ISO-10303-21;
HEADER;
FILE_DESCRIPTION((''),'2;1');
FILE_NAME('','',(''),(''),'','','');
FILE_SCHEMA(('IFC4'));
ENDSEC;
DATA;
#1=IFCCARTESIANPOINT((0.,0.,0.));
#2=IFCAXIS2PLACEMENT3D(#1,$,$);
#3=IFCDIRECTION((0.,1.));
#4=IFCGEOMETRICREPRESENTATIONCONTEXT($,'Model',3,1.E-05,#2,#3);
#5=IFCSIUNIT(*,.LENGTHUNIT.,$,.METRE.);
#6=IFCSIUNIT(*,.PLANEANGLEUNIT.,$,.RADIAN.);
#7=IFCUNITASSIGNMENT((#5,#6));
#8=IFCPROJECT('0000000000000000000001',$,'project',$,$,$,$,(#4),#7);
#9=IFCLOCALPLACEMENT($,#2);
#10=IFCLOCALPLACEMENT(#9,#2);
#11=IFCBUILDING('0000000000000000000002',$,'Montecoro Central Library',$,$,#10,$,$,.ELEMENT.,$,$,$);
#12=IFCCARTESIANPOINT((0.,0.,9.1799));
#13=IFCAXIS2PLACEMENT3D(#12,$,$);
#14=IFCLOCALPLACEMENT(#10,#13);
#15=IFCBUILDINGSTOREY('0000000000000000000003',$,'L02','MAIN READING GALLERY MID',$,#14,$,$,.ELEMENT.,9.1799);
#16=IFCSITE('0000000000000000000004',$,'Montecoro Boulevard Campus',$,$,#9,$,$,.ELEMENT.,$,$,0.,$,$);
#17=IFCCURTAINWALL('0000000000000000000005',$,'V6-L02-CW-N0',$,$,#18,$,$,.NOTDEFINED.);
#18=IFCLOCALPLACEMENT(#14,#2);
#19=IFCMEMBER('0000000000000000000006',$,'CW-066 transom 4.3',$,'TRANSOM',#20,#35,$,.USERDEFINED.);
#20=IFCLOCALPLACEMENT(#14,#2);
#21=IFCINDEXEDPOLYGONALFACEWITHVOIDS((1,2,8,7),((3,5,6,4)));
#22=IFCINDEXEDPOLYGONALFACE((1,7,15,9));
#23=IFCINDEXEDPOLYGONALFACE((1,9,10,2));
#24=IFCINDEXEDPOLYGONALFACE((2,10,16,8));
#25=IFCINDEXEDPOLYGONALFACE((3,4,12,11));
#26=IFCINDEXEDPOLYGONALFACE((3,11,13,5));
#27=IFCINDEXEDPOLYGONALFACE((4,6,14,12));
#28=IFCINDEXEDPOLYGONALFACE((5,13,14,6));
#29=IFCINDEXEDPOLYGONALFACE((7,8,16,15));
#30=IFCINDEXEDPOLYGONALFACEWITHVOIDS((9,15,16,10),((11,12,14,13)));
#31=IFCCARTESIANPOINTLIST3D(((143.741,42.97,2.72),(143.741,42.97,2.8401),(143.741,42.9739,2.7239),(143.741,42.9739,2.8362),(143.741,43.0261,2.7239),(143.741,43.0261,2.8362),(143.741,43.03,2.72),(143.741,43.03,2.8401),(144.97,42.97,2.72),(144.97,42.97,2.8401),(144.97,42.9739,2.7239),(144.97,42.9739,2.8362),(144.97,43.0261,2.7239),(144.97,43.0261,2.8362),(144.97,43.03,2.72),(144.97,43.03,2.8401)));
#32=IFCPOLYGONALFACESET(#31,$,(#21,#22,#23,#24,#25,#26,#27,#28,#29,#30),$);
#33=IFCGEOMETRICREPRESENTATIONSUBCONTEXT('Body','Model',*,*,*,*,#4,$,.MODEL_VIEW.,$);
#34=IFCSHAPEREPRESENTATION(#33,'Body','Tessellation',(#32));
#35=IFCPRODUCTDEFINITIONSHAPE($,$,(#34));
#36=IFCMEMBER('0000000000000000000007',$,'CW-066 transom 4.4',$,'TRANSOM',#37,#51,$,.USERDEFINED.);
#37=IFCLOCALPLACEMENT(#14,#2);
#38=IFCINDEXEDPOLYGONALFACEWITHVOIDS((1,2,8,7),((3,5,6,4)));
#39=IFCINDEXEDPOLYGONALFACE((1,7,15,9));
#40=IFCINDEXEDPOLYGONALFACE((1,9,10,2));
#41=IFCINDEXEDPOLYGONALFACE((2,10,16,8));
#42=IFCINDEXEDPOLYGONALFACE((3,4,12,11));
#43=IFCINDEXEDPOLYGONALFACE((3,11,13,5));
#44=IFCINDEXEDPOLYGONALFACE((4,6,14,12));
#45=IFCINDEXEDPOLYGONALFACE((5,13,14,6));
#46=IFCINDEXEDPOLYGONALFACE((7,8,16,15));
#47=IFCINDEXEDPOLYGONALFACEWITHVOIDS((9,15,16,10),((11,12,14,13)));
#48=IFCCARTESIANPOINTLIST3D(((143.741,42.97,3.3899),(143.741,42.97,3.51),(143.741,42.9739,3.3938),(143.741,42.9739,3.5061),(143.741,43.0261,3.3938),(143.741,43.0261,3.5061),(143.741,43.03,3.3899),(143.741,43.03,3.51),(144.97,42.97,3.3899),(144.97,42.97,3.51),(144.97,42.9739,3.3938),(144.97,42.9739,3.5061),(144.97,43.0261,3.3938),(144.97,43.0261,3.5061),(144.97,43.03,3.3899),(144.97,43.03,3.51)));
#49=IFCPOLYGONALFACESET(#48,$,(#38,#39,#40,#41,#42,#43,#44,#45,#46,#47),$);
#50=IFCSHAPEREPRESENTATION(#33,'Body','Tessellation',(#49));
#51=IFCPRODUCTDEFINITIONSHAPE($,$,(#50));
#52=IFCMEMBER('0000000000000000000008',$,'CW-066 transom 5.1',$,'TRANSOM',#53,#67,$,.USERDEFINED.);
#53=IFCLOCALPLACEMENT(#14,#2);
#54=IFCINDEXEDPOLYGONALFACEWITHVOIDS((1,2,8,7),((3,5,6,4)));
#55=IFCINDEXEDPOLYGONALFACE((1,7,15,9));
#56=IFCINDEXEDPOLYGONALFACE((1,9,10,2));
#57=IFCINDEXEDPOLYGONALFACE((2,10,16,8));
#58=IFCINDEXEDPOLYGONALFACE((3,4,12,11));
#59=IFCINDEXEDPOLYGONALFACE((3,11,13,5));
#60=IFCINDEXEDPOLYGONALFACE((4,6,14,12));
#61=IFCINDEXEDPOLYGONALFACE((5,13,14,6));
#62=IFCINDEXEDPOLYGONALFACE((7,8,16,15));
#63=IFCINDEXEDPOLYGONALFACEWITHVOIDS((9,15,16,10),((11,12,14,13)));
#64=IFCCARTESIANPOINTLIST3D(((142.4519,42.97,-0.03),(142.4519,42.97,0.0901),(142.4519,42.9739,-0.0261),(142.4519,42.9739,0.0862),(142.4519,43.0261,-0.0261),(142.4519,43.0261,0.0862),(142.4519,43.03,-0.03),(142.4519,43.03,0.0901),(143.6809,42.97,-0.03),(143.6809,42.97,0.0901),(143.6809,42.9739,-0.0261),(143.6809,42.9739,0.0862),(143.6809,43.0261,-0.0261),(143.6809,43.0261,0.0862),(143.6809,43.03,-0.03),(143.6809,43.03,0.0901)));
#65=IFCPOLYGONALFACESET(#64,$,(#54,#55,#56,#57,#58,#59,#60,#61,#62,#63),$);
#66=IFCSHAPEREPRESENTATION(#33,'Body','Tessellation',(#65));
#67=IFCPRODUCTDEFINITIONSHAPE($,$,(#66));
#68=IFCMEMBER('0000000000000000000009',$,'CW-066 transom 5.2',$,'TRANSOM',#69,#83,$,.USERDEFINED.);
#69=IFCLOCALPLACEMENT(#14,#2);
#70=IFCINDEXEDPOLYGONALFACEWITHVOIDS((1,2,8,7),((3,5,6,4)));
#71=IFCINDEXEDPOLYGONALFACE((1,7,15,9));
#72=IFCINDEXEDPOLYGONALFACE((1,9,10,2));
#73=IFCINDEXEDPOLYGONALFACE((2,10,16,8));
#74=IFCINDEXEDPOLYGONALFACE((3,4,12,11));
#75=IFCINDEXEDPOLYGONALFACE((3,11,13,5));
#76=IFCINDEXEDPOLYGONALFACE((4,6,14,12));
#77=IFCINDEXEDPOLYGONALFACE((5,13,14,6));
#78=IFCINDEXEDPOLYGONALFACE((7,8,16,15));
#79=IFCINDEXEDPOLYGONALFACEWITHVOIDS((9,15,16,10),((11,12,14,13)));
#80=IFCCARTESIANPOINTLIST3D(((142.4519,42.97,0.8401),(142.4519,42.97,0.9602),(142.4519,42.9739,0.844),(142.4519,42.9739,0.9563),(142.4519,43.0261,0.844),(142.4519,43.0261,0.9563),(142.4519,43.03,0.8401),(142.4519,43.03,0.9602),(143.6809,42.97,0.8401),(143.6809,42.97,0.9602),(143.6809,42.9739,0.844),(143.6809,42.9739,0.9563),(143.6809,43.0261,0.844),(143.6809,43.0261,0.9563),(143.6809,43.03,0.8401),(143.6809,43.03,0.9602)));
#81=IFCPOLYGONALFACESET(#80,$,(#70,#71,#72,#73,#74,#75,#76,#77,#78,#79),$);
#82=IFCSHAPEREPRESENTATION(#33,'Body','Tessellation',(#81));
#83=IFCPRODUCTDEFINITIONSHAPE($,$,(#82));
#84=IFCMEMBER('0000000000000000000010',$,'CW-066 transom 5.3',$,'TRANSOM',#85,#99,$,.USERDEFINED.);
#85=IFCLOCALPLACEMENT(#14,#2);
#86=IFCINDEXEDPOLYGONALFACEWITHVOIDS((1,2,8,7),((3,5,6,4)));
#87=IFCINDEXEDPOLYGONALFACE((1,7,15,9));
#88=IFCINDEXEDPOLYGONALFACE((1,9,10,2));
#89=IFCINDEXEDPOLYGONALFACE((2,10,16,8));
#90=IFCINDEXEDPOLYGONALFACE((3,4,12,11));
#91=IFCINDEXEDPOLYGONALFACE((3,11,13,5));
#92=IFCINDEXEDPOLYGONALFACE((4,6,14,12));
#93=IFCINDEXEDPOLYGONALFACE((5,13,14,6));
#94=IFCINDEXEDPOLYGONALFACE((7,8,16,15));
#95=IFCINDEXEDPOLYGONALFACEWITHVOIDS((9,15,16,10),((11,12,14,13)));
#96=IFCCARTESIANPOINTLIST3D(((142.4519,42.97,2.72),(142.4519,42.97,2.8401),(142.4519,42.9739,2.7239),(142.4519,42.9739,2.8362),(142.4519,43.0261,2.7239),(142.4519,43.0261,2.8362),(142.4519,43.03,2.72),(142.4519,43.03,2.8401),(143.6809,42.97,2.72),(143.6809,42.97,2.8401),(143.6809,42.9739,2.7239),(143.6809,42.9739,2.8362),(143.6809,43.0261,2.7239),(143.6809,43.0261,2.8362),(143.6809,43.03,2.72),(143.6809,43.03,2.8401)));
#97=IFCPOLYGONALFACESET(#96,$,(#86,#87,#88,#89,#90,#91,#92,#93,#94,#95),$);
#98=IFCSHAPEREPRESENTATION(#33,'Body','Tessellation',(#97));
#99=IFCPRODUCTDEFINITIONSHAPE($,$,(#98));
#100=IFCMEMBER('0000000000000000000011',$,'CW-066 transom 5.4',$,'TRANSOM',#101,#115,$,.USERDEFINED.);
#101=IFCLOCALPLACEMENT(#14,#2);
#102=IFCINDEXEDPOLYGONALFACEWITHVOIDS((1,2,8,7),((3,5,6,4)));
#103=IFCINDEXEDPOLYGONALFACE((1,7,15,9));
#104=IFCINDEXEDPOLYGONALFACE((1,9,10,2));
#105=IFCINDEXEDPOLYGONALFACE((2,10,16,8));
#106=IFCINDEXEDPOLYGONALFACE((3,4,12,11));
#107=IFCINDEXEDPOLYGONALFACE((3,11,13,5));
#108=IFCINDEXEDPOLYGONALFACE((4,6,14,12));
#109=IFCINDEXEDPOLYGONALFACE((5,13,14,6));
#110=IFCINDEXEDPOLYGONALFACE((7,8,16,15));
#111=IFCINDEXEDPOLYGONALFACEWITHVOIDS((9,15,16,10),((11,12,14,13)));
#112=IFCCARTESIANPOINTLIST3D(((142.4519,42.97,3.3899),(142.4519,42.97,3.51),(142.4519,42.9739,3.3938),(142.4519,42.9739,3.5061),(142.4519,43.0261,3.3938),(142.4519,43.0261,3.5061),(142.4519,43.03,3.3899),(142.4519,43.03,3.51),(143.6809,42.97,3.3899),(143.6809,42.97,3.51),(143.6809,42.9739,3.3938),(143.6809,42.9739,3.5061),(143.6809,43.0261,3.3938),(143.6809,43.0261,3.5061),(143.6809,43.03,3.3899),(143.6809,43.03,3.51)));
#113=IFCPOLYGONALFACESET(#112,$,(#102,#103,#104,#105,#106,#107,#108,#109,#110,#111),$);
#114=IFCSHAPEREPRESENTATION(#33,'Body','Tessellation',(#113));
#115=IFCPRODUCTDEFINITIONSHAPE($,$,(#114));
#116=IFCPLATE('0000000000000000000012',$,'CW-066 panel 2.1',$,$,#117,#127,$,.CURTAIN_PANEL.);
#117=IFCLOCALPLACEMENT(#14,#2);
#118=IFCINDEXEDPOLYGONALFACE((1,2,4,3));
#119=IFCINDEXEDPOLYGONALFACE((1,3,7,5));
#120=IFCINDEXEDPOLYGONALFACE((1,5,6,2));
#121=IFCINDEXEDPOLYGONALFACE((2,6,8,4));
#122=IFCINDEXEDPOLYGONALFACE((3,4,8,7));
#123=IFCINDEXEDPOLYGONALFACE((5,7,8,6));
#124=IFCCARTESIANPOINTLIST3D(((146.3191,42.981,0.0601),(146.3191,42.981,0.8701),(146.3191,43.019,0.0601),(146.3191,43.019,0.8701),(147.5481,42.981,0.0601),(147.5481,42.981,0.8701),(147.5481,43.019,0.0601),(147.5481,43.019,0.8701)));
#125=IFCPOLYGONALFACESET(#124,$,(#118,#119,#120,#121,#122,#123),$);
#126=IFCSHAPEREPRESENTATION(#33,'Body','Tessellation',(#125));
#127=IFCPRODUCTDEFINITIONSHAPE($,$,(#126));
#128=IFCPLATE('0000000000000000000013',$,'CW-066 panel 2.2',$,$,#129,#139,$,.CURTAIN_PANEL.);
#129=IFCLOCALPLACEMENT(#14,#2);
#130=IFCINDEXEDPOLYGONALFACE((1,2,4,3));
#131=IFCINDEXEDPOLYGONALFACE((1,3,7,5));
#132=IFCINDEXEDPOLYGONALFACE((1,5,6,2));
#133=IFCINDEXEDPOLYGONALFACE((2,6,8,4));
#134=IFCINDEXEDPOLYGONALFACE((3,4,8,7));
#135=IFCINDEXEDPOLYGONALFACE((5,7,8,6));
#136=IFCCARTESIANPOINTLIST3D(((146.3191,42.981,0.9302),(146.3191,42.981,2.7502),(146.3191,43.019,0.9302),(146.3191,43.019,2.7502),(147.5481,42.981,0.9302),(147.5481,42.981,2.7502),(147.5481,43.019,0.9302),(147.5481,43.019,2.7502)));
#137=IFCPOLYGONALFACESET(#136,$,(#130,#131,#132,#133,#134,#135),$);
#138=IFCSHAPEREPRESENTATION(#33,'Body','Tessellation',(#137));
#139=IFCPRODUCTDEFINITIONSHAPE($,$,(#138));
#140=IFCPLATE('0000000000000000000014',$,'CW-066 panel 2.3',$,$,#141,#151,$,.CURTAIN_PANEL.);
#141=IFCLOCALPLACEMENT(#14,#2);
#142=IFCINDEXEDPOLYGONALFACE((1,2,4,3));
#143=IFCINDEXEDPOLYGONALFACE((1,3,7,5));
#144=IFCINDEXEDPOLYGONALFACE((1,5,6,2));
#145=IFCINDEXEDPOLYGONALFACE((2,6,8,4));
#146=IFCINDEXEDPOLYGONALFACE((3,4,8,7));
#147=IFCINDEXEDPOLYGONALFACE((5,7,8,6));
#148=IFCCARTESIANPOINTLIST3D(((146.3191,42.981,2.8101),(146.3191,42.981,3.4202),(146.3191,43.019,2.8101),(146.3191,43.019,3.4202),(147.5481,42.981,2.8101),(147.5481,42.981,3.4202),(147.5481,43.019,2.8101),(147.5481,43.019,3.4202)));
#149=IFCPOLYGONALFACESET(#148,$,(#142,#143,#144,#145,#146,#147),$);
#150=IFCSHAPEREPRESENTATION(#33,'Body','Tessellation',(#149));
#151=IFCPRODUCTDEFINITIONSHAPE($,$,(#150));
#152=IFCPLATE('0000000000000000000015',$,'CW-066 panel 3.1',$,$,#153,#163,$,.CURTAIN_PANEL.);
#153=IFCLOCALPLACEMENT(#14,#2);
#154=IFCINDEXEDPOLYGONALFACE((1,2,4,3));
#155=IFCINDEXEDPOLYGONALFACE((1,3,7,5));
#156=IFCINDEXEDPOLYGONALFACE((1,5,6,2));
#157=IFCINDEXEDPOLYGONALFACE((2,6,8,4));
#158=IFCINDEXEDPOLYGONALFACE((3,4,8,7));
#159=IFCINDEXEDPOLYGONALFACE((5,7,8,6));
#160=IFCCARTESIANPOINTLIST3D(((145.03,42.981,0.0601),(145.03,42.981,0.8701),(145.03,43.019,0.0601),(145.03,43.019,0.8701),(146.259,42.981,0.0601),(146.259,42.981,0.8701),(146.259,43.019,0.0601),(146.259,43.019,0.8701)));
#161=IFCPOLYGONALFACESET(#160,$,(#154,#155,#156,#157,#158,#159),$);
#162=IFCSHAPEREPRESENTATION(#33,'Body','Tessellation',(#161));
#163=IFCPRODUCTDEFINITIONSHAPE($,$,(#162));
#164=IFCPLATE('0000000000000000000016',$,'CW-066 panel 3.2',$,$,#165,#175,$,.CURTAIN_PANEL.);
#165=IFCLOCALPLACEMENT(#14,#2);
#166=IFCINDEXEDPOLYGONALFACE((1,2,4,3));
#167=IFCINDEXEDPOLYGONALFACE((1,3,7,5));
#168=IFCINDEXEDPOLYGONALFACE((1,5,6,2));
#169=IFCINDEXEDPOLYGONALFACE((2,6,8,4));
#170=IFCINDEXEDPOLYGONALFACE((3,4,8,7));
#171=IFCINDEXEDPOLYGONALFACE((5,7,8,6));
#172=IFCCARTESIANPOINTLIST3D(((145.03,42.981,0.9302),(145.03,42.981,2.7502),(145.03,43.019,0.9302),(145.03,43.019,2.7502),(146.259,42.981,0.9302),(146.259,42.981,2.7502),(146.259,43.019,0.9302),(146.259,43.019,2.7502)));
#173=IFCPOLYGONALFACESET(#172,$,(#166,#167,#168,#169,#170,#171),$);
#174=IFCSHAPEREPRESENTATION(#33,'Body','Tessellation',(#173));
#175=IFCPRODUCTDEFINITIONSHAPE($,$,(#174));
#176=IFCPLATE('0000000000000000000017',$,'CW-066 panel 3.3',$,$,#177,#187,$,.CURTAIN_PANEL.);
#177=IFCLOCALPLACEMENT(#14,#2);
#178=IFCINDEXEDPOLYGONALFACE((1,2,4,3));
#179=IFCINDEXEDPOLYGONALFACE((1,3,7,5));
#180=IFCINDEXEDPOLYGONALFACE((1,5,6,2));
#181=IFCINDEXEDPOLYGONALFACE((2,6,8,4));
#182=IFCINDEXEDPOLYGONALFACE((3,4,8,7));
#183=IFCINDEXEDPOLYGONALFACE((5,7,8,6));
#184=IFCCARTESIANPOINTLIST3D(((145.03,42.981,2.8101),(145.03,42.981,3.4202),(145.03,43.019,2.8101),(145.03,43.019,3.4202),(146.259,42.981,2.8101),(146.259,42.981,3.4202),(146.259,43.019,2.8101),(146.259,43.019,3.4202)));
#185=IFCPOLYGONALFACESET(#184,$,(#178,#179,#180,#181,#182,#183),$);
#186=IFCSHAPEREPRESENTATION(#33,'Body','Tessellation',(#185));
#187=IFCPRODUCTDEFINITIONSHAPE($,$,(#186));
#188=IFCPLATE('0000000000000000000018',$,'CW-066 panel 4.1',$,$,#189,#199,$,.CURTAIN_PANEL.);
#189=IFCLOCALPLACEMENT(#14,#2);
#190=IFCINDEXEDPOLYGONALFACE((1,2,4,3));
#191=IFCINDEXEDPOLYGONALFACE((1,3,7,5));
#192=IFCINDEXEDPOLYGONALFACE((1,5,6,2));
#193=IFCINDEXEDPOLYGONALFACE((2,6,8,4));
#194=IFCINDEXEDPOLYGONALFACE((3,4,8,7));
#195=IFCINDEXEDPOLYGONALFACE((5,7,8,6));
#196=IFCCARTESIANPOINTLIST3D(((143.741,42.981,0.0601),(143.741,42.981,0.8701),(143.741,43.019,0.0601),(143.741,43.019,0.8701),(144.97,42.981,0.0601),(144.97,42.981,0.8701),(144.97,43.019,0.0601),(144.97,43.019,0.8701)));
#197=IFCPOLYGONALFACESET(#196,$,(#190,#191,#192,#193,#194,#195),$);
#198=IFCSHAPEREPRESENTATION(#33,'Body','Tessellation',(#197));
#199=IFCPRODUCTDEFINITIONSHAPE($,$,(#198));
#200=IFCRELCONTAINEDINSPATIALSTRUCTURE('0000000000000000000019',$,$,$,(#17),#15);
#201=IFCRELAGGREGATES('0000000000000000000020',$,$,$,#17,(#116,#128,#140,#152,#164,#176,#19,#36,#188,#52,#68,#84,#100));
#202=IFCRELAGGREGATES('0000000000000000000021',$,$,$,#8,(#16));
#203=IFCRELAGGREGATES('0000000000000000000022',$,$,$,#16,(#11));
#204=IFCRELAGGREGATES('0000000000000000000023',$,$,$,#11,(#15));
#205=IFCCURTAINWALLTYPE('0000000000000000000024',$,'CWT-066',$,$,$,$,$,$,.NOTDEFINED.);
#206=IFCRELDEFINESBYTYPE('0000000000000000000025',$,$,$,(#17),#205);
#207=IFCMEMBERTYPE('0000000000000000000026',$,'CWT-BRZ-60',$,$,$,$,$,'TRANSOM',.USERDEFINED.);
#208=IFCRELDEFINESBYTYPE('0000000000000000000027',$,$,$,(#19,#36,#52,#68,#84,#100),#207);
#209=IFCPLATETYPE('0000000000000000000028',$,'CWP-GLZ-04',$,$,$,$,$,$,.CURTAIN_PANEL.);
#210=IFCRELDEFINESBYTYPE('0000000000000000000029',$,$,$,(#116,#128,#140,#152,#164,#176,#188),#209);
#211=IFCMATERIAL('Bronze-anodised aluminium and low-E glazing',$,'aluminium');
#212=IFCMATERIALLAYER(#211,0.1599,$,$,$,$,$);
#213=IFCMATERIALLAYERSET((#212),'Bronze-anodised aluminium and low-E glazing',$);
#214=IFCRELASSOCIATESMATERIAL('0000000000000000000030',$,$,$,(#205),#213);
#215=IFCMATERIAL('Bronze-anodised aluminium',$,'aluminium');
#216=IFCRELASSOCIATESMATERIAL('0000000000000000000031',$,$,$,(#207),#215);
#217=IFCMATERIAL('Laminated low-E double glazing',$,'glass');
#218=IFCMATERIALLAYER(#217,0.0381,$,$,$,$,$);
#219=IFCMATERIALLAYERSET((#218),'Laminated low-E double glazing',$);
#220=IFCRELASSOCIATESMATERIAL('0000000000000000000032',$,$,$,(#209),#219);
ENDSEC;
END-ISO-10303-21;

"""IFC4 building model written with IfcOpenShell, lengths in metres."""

from ifc_helpers import new_model, si_unit, direction, frame, origin, origin_2d, place, context, subcontext, project, spatial, rectangle, hollow_rectangle, extrude, material, layer, layer_set, material_profile, profile_set, type_object, element, aggregate, save


model = new_model("IFC4")

# Units and contexts
model_context = context("Model", 3, precision=1e-05, world=origin(), true_north=direction((0.0, 1.0)))
body_context = subcontext(model_context, "Body", "Model", "MODEL_VIEW")
ifc_project = project(units=[si_unit("LENGTHUNIT", "METRE"), si_unit("PLANEANGLEUNIT", "RADIAN")], contexts=[model_context])

# Site, building, storey
site_placement = place(None, origin())
site = spatial("IfcSite", under=ifc_project, at=site_placement, Name="Montecoro Boulevard Campus", CompositionType="ELEMENT", RefElevation=0.0)
building_placement = place(site_placement, origin())
building = spatial("IfcBuilding", under=site, at=building_placement, Name="Montecoro Central Library", CompositionType="ELEMENT")
storey_placement = place(building_placement, frame((0.0, 0.0, 9.1799)))
storey = spatial("IfcBuildingStorey", under=building, at=storey_placement, Name="L02", Description="MAIN READING GALLERY MID", CompositionType="ELEMENT", Elevation=9.1799)

# Curtain wall, members, plates
ifc_material_1 = material(Name="Bronze-anodised aluminium and low-E glazing", Category="aluminium")
ifc_layer_1 = layer(ifc_material_1, 0.1599)
ifc_layer_set_1 = layer_set([ifc_layer_1], Name="Bronze-anodised aluminium and low-E glazing")
curtain_wall_type = type_object("IfcCurtainWallType", Name="CWT-066", PredefinedType="NOTDEFINED", material=ifc_layer_set_1)
curtain_wall_placement = place(storey_placement, origin())
curtain_wall = element("IfcCurtainWall", 1, at=curtain_wall_placement, inside=storey, type_object=curtain_wall_type, Name="V6-L02-CW-N0", PredefinedType="NOTDEFINED")
ifc_material_2 = material(Name="Bronze-anodised aluminium", Category="aluminium")
ifc_material_profile_1 = material_profile(ifc_material_2, hollow_rectangle(XDim=0.0601, YDim=0.1201, WallThickness=0.0039, at=origin_2d()), Name="CWT 120x60x4.0")
ifc_profile_set_1 = profile_set([ifc_material_profile_1], Name="Bronze-anodised aluminium")
member_type_1 = type_object("IfcMemberType", Name="CWT-BRZ-60", ElementType="TRANSOM", PredefinedType="USERDEFINED", material=ifc_profile_set_1)
member_1_placement = place(storey_placement, frame((144.97, 43.0, 2.78), z_axis=(-1.0, 0.0, 0.0), x_axis=(0.0, -1.0, 0.0)))
member_1 = element("IfcMember", 2, at=member_1_placement, type_object=member_type_1, Name="CW-066 transom 4.3", ObjectType="TRANSOM", PredefinedType="USERDEFINED", context=body_context, shape_type="SweptSolid", body=[
    extrude(hollow_rectangle(XDim=0.0601, YDim=0.1201, WallThickness=0.0039, at=origin_2d()), origin(), (0.0, 0.0, 1.0), 1.229),
])
member_2_placement = place(storey_placement, frame((144.97, 43.0, 3.45), z_axis=(-1.0, 0.0, 0.0), x_axis=(0.0, -1.0, 0.0)))
member_2 = element("IfcMember", 3, at=member_2_placement, type_object=member_type_1, Name="CW-066 transom 4.4", ObjectType="TRANSOM", PredefinedType="USERDEFINED", context=body_context, shape_type="SweptSolid", body=[
    extrude(hollow_rectangle(XDim=0.0601, YDim=0.1201, WallThickness=0.0039, at=origin_2d()), origin(), (0.0, 0.0, 1.0), 1.229),
])
member_3_placement = place(storey_placement, frame((143.6809, 43.0, 0.03), z_axis=(-1.0, 0.0, 0.0), x_axis=(0.0, -1.0, 0.0)))
member_3 = element("IfcMember", 4, at=member_3_placement, type_object=member_type_1, Name="CW-066 transom 5.1", ObjectType="TRANSOM", PredefinedType="USERDEFINED", context=body_context, shape_type="SweptSolid", body=[
    extrude(hollow_rectangle(XDim=0.0601, YDim=0.1201, WallThickness=0.0039, at=origin_2d()), origin(), (0.0, 0.0, 1.0), 1.229),
])
member_4_placement = place(storey_placement, frame((143.6809, 43.0, 0.9001), z_axis=(-1.0, 0.0, 0.0), x_axis=(0.0, -1.0, 0.0)))
member_4 = element("IfcMember", 5, at=member_4_placement, type_object=member_type_1, Name="CW-066 transom 5.2", ObjectType="TRANSOM", PredefinedType="USERDEFINED", context=body_context, shape_type="SweptSolid", body=[
    extrude(hollow_rectangle(XDim=0.0601, YDim=0.1201, WallThickness=0.0039, at=origin_2d()), origin(), (0.0, 0.0, 1.0), 1.229),
])
member_5_placement = place(storey_placement, frame((143.6809, 43.0, 2.78), z_axis=(-1.0, 0.0, 0.0), x_axis=(0.0, -1.0, 0.0)))
member_5 = element("IfcMember", 6, at=member_5_placement, type_object=member_type_1, Name="CW-066 transom 5.3", ObjectType="TRANSOM", PredefinedType="USERDEFINED", context=body_context, shape_type="SweptSolid", body=[
    extrude(hollow_rectangle(XDim=0.0601, YDim=0.1201, WallThickness=0.0039, at=origin_2d()), origin(), (0.0, 0.0, 1.0), 1.229),
])
member_6_placement = place(storey_placement, frame((143.6809, 43.0, 3.45), z_axis=(-1.0, 0.0, 0.0), x_axis=(0.0, -1.0, 0.0)))
member_6 = element("IfcMember", 7, at=member_6_placement, type_object=member_type_1, Name="CW-066 transom 5.4", ObjectType="TRANSOM", PredefinedType="USERDEFINED", context=body_context, shape_type="SweptSolid", body=[
    extrude(hollow_rectangle(XDim=0.0601, YDim=0.1201, WallThickness=0.0039, at=origin_2d()), origin(), (0.0, 0.0, 1.0), 1.229),
])
ifc_material_3 = material(Name="Laminated low-E double glazing", Category="glass")
ifc_layer_2 = layer(ifc_material_3, 0.0381)
ifc_layer_set_2 = layer_set([ifc_layer_2], Name="Laminated low-E double glazing")
plate_type = type_object("IfcPlateType", Name="CWP-GLZ-04", PredefinedType="CURTAIN_PANEL", material=ifc_layer_set_2)
plate_1_placement = place(storey_placement, frame((146.9336, 43.0, 0.0601), z_axis=(0.0, 0.0, 1.0), x_axis=(-1.0, 0.0, 0.0)))
plate_1 = element("IfcPlate", 8, at=plate_1_placement, type_object=plate_type, Name="CW-066 panel 2.1", PredefinedType="CURTAIN_PANEL", context=body_context, shape_type="SweptSolid", body=[
    extrude(rectangle(XDim=1.229, YDim=0.0381, at=origin_2d()), origin(), (0.0, 0.0, 1.0), 0.8101),
])
plate_2_placement = place(storey_placement, frame((146.9336, 43.0, 0.9302), z_axis=(0.0, 0.0, 1.0), x_axis=(-1.0, 0.0, 0.0)))
plate_2 = element("IfcPlate", 9, at=plate_2_placement, type_object=plate_type, Name="CW-066 panel 2.2", PredefinedType="CURTAIN_PANEL", context=body_context, shape_type="SweptSolid", body=[
    extrude(rectangle(XDim=1.229, YDim=0.0381, at=origin_2d()), origin(), (0.0, 0.0, 1.0), 1.8201),
])
plate_3_placement = place(storey_placement, frame((146.9336, 43.0, 2.8101), z_axis=(0.0, 0.0, 1.0), x_axis=(-1.0, 0.0, 0.0)))
plate_3 = element("IfcPlate", 10, at=plate_3_placement, type_object=plate_type, Name="CW-066 panel 2.3", PredefinedType="CURTAIN_PANEL", context=body_context, shape_type="SweptSolid", body=[
    extrude(rectangle(XDim=1.229, YDim=0.0381, at=origin_2d()), origin(), (0.0, 0.0, 1.0), 0.6101),
])
plate_4_placement = place(storey_placement, frame((145.6445, 43.0, 0.0601), z_axis=(0.0, 0.0, 1.0), x_axis=(-1.0, 0.0, 0.0)))
plate_4 = element("IfcPlate", 11, at=plate_4_placement, type_object=plate_type, Name="CW-066 panel 3.1", PredefinedType="CURTAIN_PANEL", context=body_context, shape_type="SweptSolid", body=[
    extrude(rectangle(XDim=1.229, YDim=0.0381, at=origin_2d()), origin(), (0.0, 0.0, 1.0), 0.8101),
])
plate_5_placement = place(storey_placement, frame((145.6445, 43.0, 0.9302), z_axis=(0.0, 0.0, 1.0), x_axis=(-1.0, 0.0, 0.0)))
plate_5 = element("IfcPlate", 12, at=plate_5_placement, type_object=plate_type, Name="CW-066 panel 3.2", PredefinedType="CURTAIN_PANEL", context=body_context, shape_type="SweptSolid", body=[
    extrude(rectangle(XDim=1.229, YDim=0.0381, at=origin_2d()), origin(), (0.0, 0.0, 1.0), 1.8201),
])
plate_6_placement = place(storey_placement, frame((145.6445, 43.0, 2.8101), z_axis=(0.0, 0.0, 1.0), x_axis=(-1.0, 0.0, 0.0)))
plate_6 = element("IfcPlate", 13, at=plate_6_placement, type_object=plate_type, Name="CW-066 panel 3.3", PredefinedType="CURTAIN_PANEL", context=body_context, shape_type="SweptSolid", body=[
    extrude(rectangle(XDim=1.229, YDim=0.0381, at=origin_2d()), origin(), (0.0, 0.0, 1.0), 0.6101),
])
plate_7_placement = place(storey_placement, frame((144.3555, 43.0, 0.0601), z_axis=(0.0, 0.0, 1.0), x_axis=(-1.0, 0.0, 0.0)))
plate_7 = element("IfcPlate", 14, at=plate_7_placement, type_object=plate_type, Name="CW-066 panel 4.1", PredefinedType="CURTAIN_PANEL", context=body_context, shape_type="SweptSolid", body=[
    extrude(rectangle(XDim=1.229, YDim=0.0381, at=origin_2d()), origin(), (0.0, 0.0, 1.0), 0.8101),
])
aggregate(curtain_wall, [plate_1, plate_2, plate_3, plate_4, plate_5, plate_6, member_1, member_2, plate_7, member_3, member_4, member_5, member_6])

save(model, "model.ifc")
